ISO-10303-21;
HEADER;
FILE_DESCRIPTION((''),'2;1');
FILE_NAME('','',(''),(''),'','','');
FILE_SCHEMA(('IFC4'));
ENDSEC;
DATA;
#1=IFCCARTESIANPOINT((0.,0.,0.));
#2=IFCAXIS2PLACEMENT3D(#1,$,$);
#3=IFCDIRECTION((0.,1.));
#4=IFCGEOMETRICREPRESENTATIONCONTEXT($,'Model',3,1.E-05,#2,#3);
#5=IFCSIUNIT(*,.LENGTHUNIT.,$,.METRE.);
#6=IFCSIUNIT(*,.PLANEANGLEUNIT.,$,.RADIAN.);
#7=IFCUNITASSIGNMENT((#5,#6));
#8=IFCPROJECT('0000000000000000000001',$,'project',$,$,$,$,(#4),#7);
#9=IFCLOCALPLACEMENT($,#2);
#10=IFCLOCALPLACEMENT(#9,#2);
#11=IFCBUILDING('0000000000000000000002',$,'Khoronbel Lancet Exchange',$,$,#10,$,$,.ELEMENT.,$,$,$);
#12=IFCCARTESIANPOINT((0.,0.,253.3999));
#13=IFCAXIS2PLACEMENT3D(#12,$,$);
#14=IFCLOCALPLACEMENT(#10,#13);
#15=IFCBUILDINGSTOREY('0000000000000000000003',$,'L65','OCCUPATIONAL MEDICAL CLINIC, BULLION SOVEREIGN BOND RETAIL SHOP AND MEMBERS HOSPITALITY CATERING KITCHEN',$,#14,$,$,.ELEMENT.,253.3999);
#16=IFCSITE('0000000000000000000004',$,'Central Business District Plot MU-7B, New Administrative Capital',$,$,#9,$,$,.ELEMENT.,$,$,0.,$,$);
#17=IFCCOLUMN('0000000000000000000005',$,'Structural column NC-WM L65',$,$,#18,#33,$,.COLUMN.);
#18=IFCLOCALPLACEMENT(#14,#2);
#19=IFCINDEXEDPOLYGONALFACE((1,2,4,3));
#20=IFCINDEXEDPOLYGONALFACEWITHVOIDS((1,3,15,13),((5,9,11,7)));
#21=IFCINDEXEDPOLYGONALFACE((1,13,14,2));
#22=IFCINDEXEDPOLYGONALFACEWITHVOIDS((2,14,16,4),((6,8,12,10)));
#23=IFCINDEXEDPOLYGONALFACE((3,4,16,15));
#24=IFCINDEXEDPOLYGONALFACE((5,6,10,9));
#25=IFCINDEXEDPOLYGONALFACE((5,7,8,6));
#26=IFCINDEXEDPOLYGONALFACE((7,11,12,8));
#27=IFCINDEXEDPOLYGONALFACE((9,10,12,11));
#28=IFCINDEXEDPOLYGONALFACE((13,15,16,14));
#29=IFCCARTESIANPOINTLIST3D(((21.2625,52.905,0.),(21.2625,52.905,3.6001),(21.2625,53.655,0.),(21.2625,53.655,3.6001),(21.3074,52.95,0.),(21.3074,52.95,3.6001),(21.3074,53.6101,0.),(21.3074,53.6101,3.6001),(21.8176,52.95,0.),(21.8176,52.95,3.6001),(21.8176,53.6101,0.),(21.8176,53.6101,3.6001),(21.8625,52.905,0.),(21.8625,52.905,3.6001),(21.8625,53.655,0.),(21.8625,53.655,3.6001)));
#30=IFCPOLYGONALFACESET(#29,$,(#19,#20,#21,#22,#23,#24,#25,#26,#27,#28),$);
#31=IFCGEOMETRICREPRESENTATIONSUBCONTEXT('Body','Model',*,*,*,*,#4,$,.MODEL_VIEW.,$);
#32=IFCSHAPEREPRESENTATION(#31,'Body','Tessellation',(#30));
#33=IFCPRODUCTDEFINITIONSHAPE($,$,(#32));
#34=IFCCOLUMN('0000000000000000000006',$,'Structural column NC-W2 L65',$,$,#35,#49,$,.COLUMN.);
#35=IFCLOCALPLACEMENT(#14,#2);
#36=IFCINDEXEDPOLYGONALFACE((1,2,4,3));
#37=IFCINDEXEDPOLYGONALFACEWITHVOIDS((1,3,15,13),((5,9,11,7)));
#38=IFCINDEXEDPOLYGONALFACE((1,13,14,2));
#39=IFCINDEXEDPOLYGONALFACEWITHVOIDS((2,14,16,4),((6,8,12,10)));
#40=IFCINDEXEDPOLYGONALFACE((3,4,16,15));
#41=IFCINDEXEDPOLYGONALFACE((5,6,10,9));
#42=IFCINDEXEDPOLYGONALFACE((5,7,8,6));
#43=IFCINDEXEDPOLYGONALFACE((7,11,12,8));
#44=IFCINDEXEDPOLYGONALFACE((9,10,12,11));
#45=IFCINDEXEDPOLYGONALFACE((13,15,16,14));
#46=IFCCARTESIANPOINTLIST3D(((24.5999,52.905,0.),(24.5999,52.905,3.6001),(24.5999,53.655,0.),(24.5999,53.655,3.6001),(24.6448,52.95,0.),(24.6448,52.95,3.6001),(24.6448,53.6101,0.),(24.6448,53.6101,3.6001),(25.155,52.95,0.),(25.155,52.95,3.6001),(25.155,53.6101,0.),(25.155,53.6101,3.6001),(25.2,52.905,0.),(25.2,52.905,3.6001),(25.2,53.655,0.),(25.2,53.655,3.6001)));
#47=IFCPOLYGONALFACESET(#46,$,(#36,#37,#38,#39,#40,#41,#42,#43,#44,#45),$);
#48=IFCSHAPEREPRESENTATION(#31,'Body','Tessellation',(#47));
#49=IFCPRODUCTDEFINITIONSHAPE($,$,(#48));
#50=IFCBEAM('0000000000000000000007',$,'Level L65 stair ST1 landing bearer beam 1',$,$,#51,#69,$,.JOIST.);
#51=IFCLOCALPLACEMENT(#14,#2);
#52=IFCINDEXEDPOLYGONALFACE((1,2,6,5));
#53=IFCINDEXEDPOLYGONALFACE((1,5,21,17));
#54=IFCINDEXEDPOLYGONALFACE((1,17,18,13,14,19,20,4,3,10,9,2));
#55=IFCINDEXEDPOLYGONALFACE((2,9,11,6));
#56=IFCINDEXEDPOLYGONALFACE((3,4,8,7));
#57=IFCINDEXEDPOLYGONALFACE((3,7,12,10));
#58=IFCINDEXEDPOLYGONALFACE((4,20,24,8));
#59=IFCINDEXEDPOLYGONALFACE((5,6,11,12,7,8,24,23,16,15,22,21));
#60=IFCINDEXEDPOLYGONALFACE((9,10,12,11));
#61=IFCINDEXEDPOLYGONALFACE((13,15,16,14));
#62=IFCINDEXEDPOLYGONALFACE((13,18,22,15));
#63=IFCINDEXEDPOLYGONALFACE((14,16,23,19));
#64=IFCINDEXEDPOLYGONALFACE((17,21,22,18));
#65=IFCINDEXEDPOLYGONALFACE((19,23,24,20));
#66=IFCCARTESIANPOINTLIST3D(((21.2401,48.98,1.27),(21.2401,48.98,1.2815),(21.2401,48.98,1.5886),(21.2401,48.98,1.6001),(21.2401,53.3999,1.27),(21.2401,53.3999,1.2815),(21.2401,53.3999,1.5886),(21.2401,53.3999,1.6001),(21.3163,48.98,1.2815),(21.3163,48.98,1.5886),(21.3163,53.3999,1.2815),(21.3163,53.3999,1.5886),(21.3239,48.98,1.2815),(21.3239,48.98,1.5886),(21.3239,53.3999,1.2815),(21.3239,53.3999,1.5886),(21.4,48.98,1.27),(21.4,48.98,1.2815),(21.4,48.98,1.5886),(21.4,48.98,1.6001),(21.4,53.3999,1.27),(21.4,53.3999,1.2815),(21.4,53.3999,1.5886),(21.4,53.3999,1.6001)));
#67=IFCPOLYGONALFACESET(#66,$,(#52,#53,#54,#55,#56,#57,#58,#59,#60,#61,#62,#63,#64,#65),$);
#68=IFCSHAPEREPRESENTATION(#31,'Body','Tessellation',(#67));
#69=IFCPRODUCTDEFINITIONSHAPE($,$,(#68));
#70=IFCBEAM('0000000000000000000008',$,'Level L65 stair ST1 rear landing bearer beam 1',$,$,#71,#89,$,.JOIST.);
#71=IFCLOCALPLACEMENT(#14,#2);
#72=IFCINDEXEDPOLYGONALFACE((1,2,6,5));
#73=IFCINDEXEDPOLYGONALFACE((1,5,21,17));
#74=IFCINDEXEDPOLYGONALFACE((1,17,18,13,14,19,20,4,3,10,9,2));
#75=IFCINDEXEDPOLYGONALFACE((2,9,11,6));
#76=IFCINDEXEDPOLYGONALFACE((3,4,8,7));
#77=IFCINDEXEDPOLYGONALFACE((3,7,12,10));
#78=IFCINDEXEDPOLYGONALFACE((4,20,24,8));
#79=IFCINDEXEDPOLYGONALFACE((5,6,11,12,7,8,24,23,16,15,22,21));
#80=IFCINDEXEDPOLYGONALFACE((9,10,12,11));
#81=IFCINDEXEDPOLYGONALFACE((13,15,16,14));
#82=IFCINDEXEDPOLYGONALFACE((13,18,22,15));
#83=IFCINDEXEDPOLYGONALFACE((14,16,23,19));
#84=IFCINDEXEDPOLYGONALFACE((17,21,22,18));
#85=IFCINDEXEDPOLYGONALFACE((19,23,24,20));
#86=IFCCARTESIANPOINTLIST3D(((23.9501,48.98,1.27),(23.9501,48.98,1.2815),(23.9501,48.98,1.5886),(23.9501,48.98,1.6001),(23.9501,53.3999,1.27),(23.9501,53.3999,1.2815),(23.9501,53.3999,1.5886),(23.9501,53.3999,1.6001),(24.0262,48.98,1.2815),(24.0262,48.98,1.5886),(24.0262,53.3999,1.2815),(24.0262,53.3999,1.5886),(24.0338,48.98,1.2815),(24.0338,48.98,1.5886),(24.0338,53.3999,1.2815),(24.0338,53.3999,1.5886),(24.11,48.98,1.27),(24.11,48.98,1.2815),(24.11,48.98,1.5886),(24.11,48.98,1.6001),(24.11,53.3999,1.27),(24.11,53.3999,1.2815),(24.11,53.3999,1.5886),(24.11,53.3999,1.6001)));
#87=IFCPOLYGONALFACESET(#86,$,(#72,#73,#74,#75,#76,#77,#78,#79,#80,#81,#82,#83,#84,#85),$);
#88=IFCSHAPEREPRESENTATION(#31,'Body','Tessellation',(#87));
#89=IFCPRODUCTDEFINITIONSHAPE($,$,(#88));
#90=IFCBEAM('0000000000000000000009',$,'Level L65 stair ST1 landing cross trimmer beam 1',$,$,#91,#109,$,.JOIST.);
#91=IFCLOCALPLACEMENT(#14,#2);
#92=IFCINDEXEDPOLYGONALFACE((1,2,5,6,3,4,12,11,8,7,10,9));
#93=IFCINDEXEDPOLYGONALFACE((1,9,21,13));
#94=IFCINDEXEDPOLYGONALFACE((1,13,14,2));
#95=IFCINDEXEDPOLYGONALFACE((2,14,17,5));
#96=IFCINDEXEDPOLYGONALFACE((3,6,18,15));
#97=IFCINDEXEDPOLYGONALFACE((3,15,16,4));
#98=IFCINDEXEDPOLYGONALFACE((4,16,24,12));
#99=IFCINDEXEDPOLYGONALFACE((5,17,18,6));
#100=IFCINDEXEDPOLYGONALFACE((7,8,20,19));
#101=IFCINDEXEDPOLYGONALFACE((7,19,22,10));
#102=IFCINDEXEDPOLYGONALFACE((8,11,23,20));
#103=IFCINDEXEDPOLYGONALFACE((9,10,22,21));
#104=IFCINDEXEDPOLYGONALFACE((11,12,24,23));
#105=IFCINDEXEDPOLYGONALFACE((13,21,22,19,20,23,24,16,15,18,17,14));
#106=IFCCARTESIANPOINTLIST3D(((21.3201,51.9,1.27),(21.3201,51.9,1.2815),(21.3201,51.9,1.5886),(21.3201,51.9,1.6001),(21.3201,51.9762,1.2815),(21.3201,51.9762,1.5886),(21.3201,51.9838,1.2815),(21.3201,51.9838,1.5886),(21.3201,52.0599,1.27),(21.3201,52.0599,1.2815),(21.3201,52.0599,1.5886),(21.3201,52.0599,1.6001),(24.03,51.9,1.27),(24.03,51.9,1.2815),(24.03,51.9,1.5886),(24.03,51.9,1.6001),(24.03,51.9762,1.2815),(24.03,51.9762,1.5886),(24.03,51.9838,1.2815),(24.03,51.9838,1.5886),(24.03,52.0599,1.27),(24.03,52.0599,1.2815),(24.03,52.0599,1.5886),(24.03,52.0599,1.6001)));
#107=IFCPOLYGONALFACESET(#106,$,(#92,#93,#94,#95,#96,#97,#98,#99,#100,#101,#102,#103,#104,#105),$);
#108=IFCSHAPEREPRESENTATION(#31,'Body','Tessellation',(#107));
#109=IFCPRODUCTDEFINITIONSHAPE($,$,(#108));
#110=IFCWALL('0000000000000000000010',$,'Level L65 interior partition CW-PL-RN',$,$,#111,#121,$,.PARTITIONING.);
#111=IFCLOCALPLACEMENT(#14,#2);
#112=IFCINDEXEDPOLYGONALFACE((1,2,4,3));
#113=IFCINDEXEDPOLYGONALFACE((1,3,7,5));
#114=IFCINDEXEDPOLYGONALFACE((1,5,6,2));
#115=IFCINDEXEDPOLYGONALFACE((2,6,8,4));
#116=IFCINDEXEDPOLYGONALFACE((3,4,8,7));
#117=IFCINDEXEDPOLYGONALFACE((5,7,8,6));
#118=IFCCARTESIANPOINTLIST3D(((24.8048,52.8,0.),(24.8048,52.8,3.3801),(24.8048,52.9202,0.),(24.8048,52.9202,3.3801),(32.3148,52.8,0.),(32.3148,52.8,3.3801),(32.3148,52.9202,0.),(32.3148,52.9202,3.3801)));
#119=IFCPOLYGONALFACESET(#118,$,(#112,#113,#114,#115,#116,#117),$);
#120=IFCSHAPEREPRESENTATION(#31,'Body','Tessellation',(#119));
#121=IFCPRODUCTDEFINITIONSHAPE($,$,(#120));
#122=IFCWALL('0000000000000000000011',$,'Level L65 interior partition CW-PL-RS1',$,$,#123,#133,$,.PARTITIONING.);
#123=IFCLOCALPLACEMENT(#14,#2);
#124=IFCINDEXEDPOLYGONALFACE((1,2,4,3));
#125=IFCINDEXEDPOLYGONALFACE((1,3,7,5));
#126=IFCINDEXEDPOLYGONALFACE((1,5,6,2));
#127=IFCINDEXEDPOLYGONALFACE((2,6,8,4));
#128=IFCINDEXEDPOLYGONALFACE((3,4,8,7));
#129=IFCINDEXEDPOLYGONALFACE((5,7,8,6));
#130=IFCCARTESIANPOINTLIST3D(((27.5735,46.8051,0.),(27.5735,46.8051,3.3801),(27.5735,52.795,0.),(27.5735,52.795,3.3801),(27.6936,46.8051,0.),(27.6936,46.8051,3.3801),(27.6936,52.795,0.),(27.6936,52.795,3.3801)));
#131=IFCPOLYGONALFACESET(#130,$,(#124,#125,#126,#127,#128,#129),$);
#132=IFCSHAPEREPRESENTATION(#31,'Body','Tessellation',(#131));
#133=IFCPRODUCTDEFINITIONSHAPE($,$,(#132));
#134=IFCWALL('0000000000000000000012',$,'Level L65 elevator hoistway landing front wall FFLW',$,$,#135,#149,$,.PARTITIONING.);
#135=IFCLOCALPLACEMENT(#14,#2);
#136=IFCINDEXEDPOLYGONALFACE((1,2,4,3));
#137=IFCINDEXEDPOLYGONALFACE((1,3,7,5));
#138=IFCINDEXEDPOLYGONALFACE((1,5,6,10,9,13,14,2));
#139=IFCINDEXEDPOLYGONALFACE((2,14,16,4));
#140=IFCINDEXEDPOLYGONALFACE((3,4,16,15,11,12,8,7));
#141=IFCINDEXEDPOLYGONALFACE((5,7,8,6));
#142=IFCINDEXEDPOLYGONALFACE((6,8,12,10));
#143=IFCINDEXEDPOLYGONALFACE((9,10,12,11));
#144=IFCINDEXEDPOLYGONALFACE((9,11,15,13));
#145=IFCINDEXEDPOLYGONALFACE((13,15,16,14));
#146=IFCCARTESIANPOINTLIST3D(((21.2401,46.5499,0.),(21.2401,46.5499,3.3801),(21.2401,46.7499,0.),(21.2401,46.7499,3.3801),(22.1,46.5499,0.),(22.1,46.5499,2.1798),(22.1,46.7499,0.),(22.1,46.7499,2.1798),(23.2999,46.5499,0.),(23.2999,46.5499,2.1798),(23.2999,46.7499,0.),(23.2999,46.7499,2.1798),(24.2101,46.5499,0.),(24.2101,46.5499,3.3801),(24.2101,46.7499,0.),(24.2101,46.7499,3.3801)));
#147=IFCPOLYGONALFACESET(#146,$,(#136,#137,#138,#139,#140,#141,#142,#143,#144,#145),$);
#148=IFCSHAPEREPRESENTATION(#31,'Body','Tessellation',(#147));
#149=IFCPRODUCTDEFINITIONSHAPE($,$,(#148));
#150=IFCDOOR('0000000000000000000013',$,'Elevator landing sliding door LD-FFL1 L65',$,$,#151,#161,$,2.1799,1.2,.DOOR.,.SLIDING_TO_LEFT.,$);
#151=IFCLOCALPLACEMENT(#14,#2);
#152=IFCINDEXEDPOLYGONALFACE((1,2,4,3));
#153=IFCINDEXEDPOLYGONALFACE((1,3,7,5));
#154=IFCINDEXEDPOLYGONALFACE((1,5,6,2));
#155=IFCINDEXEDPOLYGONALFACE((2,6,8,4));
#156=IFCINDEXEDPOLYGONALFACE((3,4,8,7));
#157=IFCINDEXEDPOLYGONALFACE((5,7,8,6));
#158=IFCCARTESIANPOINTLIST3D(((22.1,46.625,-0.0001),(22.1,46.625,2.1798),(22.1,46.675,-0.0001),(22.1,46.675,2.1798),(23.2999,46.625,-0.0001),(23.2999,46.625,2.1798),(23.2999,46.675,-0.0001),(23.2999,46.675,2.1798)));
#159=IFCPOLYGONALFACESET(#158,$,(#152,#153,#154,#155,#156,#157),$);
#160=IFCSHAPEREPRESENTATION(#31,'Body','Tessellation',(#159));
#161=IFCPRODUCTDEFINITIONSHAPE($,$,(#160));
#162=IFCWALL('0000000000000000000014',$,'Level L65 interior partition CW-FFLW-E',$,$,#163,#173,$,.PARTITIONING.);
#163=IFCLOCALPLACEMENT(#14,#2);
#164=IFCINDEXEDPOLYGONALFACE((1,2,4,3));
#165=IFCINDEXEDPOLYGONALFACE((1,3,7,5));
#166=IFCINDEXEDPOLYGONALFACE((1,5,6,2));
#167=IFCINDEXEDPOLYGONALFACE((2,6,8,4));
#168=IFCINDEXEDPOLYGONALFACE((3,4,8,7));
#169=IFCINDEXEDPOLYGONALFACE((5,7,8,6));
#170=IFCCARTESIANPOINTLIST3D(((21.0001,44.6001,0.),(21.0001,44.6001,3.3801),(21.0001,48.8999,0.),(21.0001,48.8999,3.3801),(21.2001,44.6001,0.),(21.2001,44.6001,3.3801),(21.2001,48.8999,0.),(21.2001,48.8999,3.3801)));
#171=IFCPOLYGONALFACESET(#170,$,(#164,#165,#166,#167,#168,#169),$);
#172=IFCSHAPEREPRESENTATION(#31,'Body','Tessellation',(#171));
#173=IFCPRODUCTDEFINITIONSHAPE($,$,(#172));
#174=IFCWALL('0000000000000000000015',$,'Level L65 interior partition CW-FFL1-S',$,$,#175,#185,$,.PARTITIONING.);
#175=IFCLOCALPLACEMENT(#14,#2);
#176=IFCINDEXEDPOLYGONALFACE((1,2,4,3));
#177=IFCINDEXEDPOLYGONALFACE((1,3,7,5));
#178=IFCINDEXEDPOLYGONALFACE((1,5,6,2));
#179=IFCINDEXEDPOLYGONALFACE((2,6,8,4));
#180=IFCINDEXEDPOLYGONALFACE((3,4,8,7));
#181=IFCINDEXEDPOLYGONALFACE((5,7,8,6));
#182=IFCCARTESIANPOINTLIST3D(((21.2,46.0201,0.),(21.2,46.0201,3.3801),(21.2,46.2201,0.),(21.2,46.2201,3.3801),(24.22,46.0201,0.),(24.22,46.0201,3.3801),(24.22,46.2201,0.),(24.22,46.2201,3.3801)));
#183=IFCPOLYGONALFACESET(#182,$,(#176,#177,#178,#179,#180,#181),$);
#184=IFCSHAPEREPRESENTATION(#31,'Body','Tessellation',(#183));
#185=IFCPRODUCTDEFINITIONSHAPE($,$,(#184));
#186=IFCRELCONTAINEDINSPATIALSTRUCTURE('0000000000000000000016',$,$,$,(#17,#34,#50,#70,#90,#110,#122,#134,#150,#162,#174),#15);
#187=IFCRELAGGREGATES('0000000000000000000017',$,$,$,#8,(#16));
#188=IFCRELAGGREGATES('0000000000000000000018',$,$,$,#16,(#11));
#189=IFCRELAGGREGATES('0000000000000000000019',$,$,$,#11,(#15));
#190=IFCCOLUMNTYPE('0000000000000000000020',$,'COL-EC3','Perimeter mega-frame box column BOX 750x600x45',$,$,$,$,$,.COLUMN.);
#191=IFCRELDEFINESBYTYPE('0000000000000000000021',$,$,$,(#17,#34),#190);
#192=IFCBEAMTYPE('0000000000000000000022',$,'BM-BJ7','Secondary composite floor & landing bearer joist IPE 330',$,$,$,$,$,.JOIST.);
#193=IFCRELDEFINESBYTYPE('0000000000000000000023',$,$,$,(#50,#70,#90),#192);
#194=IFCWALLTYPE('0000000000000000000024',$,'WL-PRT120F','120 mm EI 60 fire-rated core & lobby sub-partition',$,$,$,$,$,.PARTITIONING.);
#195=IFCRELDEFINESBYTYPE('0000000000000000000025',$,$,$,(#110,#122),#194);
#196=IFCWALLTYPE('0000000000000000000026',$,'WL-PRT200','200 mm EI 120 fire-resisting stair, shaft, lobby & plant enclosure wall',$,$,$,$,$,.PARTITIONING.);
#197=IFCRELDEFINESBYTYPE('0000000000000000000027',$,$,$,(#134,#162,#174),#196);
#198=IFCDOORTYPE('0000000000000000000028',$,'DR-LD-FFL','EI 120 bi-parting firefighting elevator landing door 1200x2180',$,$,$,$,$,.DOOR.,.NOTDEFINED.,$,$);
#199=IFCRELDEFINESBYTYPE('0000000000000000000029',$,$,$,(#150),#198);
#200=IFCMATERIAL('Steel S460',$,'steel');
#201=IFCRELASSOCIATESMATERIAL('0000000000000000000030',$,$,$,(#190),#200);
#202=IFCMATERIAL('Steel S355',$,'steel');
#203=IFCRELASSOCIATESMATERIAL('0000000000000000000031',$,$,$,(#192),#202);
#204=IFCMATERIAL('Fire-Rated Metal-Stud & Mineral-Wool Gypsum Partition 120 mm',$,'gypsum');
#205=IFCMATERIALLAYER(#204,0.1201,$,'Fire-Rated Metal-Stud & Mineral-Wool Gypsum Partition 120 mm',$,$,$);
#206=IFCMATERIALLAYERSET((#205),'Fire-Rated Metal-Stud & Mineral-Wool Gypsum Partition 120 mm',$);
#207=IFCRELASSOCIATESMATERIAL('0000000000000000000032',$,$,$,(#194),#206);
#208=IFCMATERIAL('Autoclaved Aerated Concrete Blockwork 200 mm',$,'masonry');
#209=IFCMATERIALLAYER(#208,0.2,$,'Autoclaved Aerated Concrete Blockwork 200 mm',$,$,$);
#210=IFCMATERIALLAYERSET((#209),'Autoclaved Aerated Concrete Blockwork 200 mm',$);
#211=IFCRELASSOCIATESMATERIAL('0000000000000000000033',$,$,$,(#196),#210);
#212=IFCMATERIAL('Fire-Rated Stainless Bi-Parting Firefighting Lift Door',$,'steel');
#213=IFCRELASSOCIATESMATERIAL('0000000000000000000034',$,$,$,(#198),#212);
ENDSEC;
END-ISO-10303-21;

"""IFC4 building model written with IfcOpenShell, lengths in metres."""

from ifc_helpers import new_model, si_unit, direction, frame, frame_2d, origin, origin_2d, place, context, subcontext, project, spatial, rectangle, hollow_rectangle, i_section, extrude, material, layer, layer_set, material_profile, profile_set, type_object, element, fill, save


model = new_model("IFC4")

# Units and contexts
model_context = context("Model", 3, precision=1e-05, world=origin(), true_north=direction((0.0, 1.0)))
body_context = subcontext(model_context, "Body", "Model", "MODEL_VIEW")
ifc_project = project(units=[si_unit("LENGTHUNIT", "METRE"), si_unit("PLANEANGLEUNIT", "RADIAN")], contexts=[model_context])

# Site, building, storey
site_placement = place(None, origin())
site = spatial("IfcSite", under=ifc_project, at=site_placement, Name="Central Business District Plot MU-7B, New Administrative Capital", CompositionType="ELEMENT", RefElevation=0.0)
building_placement = place(site_placement, origin())
building = spatial("IfcBuilding", under=site, at=building_placement, Name="Khoronbel Lancet Exchange", CompositionType="ELEMENT")
storey_placement = place(building_placement, frame((0.0, 0.0, 253.3999)))
storey = spatial("IfcBuildingStorey", under=building, at=storey_placement, Name="L65", Description="OCCUPATIONAL MEDICAL CLINIC, BULLION SOVEREIGN BOND RETAIL SHOP AND MEMBERS HOSPITALITY CATERING KITCHEN", CompositionType="ELEMENT", Elevation=253.3999)

# Columns
ifc_material_1 = material(Name="Steel S460", Category="steel")
ifc_material_profile_1 = material_profile(ifc_material_1, hollow_rectangle(XDim=0.6001, YDim=0.75, WallThickness=0.0449, at=origin_2d()), Name="BOX 750x600x45")
ifc_profile_set_1 = profile_set([ifc_material_profile_1], Name="Steel S460")
column_type = type_object("IfcColumnType", Name="COL-EC3", Description="Perimeter mega-frame box column BOX 750x600x45", PredefinedType="COLUMN", material=ifc_profile_set_1)
for number, where, z_axis, x_axis, name in (
    (1, (21.5625, 53.28, 0.0), (0.0, 0.0, 1.0), (1.0, 0.0, 0.0), "Structural column NC-WM L65"),
    (2, (24.8999, 53.28, 0.0), (0.0, 0.0, 1.0), (1.0, 0.0, 0.0), "Structural column NC-W2 L65"),
):
    element("IfcColumn", number, at=place(storey_placement, frame(where, z_axis=z_axis, x_axis=x_axis)), inside=storey, type_object=column_type, Name=name, PredefinedType="COLUMN", context=body_context, shape_type="SweptSolid", body=[
        extrude(hollow_rectangle(XDim=0.6001, YDim=0.75, WallThickness=0.0449, at=origin_2d()), origin(), (0.0, 0.0, 1.0), 3.6001),
    ])

# Beams
ifc_material_2 = material(Name="Steel S355", Category="steel")
ifc_material_profile_2 = material_profile(ifc_material_2, i_section(OverallWidth=0.1599, OverallDepth=0.3301, WebThickness=0.0076, FlangeThickness=0.0115, at=origin_2d()), Name="IPE 330")
ifc_profile_set_2 = profile_set([ifc_material_profile_2], Name="Steel S355")
beam_type = type_object("IfcBeamType", Name="BM-BJ7", Description="Secondary composite floor & landing bearer joist IPE 330", PredefinedType="JOIST", material=ifc_profile_set_2)
for number, where, z_axis, x_axis, name in (
    (3, (21.3201, 48.98, 1.4351), (0.0, 1.0, 0.0), (-1.0, 0.0, 0.0), "Level L65 stair ST1 landing bearer beam 1"),
    (4, (24.03, 48.98, 1.4351), (0.0, 1.0, 0.0), (-1.0, 0.0, 0.0), "Level L65 stair ST1 rear landing bearer beam 1"),
):
    element("IfcBeam", number, at=place(storey_placement, frame(where, z_axis=z_axis, x_axis=x_axis)), inside=storey, type_object=beam_type, Name=name, PredefinedType="JOIST", context=body_context, shape_type="SweptSolid", body=[
        extrude(i_section(OverallWidth=0.1599, OverallDepth=0.3301, WebThickness=0.0076, FlangeThickness=0.0115, at=origin_2d()), origin(), (0.0, 0.0, 1.0), 4.4199),
    ])
beam_placement = place(storey_placement, frame((21.3201, 51.98, 1.4351), z_axis=(1.0, 0.0, 0.0), x_axis=(0.0, 1.0, 0.0)))
element("IfcBeam", 5, at=beam_placement, inside=storey, type_object=beam_type, Name="Level L65 stair ST1 landing cross trimmer beam 1", PredefinedType="JOIST", context=body_context, shape_type="SweptSolid", body=[
    extrude(i_section(OverallWidth=0.1599, OverallDepth=0.3301, WebThickness=0.0076, FlangeThickness=0.0115, at=origin_2d()), origin(), (0.0, 0.0, 1.0), 2.71),
])

# Walls
ifc_material_3 = material(Name="Fire-Rated Metal-Stud & Mineral-Wool Gypsum Partition 120 mm", Category="gypsum")
ifc_layer_1 = layer(ifc_material_3, 0.1201, Name="Fire-Rated Metal-Stud & Mineral-Wool Gypsum Partition 120 mm")
ifc_layer_set_1 = layer_set([ifc_layer_1], Name="Fire-Rated Metal-Stud & Mineral-Wool Gypsum Partition 120 mm")
wall_type_1 = type_object("IfcWallType", Name="WL-PRT120F", Description="120 mm EI 60 fire-rated core & lobby sub-partition", PredefinedType="PARTITIONING", material=ifc_layer_set_1)
wall_1_placement = place(storey_placement, frame((24.8049, 52.8601, 0.0), z_axis=(0.0, 0.0, 1.0), x_axis=(1.0, 0.0, 0.0)))
element("IfcWall", 6, at=wall_1_placement, inside=storey, type_object=wall_type_1, Name="Level L65 interior partition CW-PL-RN", PredefinedType="PARTITIONING", context=body_context, shape_type="SweptSolid", body=[
    extrude(rectangle(XDim=7.51, YDim=0.1201, at=frame_2d((3.7549, 0.0))), origin(), (0.0, 0.0, 1.0), 3.3801),
])
wall_2_placement = place(storey_placement, frame((27.6335, 46.8049, 0.0), z_axis=(0.0, 0.0, 1.0), x_axis=(0.0, 1.0, 0.0)))
element("IfcWall", 7, at=wall_2_placement, inside=storey, type_object=wall_type_1, Name="Level L65 interior partition CW-PL-RS1", PredefinedType="PARTITIONING", context=body_context, shape_type="SweptSolid", body=[
    extrude(rectangle(XDim=5.99, YDim=0.1201, at=frame_2d((2.9951, 0.0))), origin(), (0.0, 0.0, 1.0), 3.3801),
])

# Wall, opening, door
ifc_material_4 = material(Name="Autoclaved Aerated Concrete Blockwork 200 mm", Category="masonry")
ifc_layer_2 = layer(ifc_material_4, 0.2, Name="Autoclaved Aerated Concrete Blockwork 200 mm")
ifc_layer_set_2 = layer_set([ifc_layer_2], Name="Autoclaved Aerated Concrete Blockwork 200 mm")
wall_type_2 = type_object("IfcWallType", Name="WL-PRT200", Description="200 mm EI 120 fire-resisting stair, shaft, lobby & plant enclosure wall", PredefinedType="PARTITIONING", material=ifc_layer_set_2)
wall_3_placement = place(storey_placement, frame((24.21, 46.6499, 0.0), z_axis=(0.0, 0.0, 1.0), x_axis=(-1.0, 0.0, 0.0)))
wall_3 = element("IfcWall", 8, at=wall_3_placement, inside=storey, type_object=wall_type_2, Name="Level L65 elevator hoistway landing front wall FFLW", PredefinedType="PARTITIONING", context=body_context, shape_type="SweptSolid", body=[
    extrude(rectangle(XDim=2.97, YDim=0.2, at=frame_2d((1.4849, 0.0))), origin(), (0.0, 0.0, 1.0), 3.3801),
])
opening_1_placement = place(wall_3_placement, frame((0.9099, 0.0, 0.0)))
opening_1 = element("IfcOpeningElement", 9, at=opening_1_placement, cuts=wall_3, PredefinedType="OPENING", context=body_context, shape_type="SweptSolid", body=[
    extrude(rectangle(XDim=1.2, YDim=2.1799, at=frame_2d((0.6001, 1.0898))), frame((0.0, 0.1099, 0.0), z_axis=(0.0, -1.0, 0.0), x_axis=(1.0, 0.0, 0.0)), (0.0, 0.0, 1.0), 0.22),
])
ifc_material_5 = material(Name="Fire-Rated Stainless Bi-Parting Firefighting Lift Door", Category="steel")
door_type_1 = type_object("IfcDoorType", Name="DR-LD-FFL", Description="EI 120 bi-parting firefighting elevator landing door 1200x2180", OperationType="NOTDEFINED", PredefinedType="DOOR", material=ifc_material_5)
door_1_placement = place(opening_1_placement, origin())
door_1 = element("IfcDoor", 10, at=door_1_placement, inside=storey, type_object=door_type_1, Name="Elevator landing sliding door LD-FFL1 L65", OperationType="SLIDING_TO_LEFT", OverallHeight=2.1799, OverallWidth=1.2, PredefinedType="DOOR", context=body_context, shape_type="SweptSolid", body=[
    extrude(rectangle(XDim=1.2, YDim=2.1799, at=frame_2d((0.6001, 1.0898))), frame((0.0, 0.0249, 0.0), z_axis=(0.0, -1.0, 0.0), x_axis=(1.0, 0.0, 0.0)), (0.0, 0.0, 1.0), 0.05),
])
fill(opening_1, door_1)

# Walls
wall_4_placement = place(storey_placement, frame((21.1001, 44.6001, 0.0), z_axis=(0.0, 0.0, 1.0), x_axis=(0.0, 1.0, 0.0)))
element("IfcWall", 11, at=wall_4_placement, inside=storey, type_object=wall_type_2, Name="Level L65 interior partition CW-FFLW-E", PredefinedType="PARTITIONING", context=body_context, shape_type="SweptSolid", body=[
    extrude(rectangle(XDim=4.2998, YDim=0.2, at=frame_2d((2.1499, 0.0))), origin(), (0.0, 0.0, 1.0), 3.3801),
])
wall_5_placement = place(storey_placement, frame((21.2, 46.1201, 0.0), z_axis=(0.0, 0.0, 1.0), x_axis=(1.0, 0.0, 0.0)))
element("IfcWall", 12, at=wall_5_placement, inside=storey, type_object=wall_type_2, Name="Level L65 interior partition CW-FFL1-S", PredefinedType="PARTITIONING", context=body_context, shape_type="SweptSolid", body=[
    extrude(rectangle(XDim=3.02, YDim=0.2, at=frame_2d((1.51, 0.0))), origin(), (0.0, 0.0, 1.0), 3.3801),
])

save(model, "model.ifc")
